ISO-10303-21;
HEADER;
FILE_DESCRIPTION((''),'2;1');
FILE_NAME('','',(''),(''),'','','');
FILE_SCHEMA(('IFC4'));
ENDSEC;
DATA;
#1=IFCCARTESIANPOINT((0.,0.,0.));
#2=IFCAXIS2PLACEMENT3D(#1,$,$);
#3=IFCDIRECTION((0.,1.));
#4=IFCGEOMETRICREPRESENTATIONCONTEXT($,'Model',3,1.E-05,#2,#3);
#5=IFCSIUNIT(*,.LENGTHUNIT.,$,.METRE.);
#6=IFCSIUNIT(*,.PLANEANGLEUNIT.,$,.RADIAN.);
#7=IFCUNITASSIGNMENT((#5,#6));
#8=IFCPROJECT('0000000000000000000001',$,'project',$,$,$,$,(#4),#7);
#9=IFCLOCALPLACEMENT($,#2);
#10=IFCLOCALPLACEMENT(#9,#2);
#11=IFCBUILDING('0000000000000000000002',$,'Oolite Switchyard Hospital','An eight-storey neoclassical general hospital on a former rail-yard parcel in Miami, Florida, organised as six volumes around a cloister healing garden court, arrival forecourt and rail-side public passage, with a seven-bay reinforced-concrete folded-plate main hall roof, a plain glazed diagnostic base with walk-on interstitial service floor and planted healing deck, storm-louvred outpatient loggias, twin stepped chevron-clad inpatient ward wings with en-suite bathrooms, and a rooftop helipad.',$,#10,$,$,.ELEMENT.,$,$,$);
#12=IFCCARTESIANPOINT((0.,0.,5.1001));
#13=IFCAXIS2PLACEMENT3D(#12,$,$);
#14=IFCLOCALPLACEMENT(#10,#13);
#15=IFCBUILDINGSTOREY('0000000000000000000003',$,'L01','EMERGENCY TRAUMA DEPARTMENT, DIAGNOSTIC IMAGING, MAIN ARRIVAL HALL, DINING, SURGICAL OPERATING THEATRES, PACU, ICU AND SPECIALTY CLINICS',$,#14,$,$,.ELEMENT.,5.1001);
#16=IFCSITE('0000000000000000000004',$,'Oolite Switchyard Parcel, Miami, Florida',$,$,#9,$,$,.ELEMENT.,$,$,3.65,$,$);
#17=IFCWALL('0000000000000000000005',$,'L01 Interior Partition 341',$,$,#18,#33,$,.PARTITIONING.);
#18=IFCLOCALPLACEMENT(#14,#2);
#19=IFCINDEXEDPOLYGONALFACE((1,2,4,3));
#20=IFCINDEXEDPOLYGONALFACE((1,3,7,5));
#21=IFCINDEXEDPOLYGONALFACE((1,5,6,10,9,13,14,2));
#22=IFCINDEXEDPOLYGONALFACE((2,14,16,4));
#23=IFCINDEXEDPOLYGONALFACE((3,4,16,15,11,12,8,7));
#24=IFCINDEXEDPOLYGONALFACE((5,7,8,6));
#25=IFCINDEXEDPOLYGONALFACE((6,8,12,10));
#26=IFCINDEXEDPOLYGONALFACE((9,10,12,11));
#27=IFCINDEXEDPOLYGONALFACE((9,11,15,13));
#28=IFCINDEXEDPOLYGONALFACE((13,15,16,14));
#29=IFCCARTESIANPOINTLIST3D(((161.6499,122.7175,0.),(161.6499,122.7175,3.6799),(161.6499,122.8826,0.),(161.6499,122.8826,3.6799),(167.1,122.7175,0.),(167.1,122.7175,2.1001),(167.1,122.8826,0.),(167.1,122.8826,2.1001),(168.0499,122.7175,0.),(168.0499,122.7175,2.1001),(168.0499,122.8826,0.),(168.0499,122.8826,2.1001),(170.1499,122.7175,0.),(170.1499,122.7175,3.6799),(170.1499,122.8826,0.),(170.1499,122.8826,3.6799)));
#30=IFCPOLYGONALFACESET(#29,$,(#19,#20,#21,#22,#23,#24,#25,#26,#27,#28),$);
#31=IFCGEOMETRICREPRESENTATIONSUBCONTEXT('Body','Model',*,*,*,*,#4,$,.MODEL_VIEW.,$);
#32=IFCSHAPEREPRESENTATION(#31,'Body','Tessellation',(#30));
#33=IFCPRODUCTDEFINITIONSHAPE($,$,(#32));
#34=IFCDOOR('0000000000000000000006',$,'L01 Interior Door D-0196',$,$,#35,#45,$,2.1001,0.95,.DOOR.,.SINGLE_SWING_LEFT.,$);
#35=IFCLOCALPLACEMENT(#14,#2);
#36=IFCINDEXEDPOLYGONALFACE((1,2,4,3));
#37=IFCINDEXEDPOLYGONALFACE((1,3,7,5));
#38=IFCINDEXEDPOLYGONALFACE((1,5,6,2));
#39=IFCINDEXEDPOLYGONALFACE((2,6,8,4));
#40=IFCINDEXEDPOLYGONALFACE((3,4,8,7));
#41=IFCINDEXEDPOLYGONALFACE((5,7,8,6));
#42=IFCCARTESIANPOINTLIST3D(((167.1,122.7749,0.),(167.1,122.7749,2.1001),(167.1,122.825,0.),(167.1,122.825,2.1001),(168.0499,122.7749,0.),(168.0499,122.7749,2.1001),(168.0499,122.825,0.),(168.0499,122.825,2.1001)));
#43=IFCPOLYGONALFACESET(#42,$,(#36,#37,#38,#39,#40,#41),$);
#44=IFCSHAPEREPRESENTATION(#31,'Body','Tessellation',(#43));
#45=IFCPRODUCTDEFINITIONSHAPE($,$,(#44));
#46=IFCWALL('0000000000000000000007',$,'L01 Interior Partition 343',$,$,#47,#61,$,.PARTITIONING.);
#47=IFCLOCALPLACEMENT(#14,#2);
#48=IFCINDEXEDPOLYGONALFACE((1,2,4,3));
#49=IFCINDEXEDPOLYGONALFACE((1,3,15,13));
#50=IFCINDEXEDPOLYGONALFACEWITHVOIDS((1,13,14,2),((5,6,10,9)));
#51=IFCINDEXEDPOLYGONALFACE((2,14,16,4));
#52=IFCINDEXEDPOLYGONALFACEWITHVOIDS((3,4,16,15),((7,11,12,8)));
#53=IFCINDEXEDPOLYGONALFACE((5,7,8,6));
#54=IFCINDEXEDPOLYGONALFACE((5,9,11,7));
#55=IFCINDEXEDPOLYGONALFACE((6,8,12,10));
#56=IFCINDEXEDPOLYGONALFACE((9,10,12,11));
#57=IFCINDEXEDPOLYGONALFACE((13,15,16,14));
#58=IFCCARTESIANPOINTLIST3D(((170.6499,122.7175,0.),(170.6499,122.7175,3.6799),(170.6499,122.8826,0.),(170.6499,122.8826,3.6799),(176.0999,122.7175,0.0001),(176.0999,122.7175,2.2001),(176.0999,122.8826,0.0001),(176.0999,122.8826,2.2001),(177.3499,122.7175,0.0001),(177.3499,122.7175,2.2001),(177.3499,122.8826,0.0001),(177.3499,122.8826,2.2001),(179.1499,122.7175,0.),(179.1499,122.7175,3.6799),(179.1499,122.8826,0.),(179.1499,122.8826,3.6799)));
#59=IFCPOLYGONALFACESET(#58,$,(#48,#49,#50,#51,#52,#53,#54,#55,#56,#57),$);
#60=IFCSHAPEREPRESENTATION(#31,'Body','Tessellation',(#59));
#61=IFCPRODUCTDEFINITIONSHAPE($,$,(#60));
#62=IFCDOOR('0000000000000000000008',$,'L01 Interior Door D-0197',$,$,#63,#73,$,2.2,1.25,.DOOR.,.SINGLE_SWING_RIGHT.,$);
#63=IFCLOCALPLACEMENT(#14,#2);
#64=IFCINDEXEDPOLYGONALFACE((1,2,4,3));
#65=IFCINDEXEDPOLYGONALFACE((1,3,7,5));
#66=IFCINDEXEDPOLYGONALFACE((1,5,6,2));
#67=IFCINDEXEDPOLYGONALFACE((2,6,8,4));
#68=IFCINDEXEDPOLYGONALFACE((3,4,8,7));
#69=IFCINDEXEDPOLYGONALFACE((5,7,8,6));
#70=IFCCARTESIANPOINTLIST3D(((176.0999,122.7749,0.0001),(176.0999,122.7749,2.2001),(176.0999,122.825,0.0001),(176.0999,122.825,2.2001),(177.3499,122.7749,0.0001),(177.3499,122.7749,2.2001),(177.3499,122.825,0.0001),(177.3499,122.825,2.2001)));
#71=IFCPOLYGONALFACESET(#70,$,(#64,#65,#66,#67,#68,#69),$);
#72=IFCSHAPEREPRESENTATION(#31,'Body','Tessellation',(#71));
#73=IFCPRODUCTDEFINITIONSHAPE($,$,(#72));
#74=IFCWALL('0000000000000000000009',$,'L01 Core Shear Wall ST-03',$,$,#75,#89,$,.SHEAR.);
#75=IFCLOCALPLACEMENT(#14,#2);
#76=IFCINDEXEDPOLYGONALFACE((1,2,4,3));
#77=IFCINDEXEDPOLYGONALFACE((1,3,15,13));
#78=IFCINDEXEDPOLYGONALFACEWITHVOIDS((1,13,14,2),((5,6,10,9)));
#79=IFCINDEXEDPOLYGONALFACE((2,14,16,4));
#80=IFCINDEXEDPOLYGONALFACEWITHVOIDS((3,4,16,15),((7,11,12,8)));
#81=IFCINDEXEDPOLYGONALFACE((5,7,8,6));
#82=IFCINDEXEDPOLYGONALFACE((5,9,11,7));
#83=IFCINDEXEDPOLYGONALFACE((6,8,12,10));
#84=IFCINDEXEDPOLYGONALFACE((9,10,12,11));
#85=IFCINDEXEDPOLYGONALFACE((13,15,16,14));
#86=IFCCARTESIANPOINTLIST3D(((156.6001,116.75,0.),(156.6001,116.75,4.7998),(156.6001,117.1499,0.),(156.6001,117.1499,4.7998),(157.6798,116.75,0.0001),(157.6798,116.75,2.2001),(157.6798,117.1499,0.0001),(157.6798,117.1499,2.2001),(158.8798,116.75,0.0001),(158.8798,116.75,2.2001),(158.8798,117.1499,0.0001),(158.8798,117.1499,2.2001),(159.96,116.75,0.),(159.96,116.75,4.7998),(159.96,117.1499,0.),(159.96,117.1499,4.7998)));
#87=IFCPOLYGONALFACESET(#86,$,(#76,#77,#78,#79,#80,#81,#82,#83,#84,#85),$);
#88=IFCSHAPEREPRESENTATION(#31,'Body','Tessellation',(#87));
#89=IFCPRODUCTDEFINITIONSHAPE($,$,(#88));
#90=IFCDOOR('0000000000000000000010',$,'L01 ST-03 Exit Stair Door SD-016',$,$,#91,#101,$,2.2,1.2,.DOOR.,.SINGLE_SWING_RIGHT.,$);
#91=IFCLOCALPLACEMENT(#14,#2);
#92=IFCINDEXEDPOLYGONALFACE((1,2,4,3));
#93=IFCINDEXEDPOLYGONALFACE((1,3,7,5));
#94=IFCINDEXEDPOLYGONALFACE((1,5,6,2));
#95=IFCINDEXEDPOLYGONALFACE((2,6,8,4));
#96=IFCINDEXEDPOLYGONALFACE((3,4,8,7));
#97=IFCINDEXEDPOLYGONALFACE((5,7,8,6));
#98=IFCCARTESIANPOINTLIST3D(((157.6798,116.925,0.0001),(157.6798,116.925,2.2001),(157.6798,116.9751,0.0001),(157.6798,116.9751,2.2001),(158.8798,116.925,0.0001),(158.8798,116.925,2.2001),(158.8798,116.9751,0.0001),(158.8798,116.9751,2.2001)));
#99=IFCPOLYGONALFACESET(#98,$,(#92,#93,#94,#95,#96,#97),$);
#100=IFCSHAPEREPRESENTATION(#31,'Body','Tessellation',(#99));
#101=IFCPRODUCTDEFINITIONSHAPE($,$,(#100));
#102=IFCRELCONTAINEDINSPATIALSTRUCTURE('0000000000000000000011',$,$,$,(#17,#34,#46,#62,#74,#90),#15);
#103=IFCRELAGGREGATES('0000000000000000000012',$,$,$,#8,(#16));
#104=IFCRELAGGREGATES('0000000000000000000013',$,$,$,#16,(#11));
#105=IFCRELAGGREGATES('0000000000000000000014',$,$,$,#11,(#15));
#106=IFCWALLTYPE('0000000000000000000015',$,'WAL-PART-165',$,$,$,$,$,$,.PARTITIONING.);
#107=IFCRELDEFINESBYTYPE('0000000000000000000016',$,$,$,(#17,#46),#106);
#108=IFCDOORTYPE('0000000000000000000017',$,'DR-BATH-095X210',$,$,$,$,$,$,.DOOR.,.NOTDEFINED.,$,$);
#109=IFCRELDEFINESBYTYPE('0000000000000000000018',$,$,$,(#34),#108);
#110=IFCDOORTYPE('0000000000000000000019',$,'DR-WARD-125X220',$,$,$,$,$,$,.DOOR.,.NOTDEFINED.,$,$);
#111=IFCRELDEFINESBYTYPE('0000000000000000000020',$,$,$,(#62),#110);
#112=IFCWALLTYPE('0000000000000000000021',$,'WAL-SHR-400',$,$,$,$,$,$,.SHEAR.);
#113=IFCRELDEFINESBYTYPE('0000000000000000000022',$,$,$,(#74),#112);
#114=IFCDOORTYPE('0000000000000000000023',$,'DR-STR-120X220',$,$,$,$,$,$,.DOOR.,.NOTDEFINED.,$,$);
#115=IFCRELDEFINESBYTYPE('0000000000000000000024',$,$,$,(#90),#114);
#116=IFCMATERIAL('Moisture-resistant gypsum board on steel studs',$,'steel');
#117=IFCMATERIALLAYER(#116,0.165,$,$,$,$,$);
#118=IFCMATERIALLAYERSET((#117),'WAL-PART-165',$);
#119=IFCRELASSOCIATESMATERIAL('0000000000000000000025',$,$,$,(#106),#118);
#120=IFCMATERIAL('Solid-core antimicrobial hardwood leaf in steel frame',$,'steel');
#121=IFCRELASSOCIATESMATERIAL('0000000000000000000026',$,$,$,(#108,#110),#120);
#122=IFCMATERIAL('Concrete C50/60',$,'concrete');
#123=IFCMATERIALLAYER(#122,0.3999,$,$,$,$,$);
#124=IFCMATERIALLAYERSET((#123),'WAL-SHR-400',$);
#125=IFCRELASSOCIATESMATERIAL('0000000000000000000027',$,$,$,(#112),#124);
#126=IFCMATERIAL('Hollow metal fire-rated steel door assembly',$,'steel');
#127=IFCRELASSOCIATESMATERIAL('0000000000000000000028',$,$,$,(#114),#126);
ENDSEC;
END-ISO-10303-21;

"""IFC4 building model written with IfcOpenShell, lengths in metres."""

from ifc_helpers import new_model, si_unit, direction, frame, frame_2d, origin, place, context, subcontext, project, spatial, rectangle, extrude, material, layer, layer_set, type_object, element, fill, save


model = new_model("IFC4")

# Units and contexts
model_context = context("Model", 3, precision=1e-05, world=origin(), true_north=direction((0.0, 1.0)))
body_context = subcontext(model_context, "Body", "Model", "MODEL_VIEW")
ifc_project = project(units=[si_unit("LENGTHUNIT", "METRE"), si_unit("PLANEANGLEUNIT", "RADIAN")], contexts=[model_context])

# Site, building, storey
site_placement = place(None, origin())
site = spatial("IfcSite", under=ifc_project, at=site_placement, Name="Oolite Switchyard Parcel, Miami, Florida", CompositionType="ELEMENT", RefElevation=3.65)
building_placement = place(site_placement, origin())
building = spatial("IfcBuilding", under=site, at=building_placement, Name="Oolite Switchyard Hospital", Description="An eight-storey neoclassical general hospital on a former rail-yard parcel in Miami, Florida, organised as six volumes around a cloister healing garden court, arrival forecourt and rail-side public passage, with a seven-bay reinforced-concrete folded-plate main hall roof, a plain glazed diagnostic base with walk-on interstitial service floor and planted healing deck, storm-louvred outpatient loggias, twin stepped chevron-clad inpatient ward wings with en-suite bathrooms, and a rooftop helipad.", CompositionType="ELEMENT")
storey_placement = place(building_placement, frame((0.0, 0.0, 5.1001)))
storey = spatial("IfcBuildingStorey", under=building, at=storey_placement, Name="L01", Description="EMERGENCY TRAUMA DEPARTMENT, DIAGNOSTIC IMAGING, MAIN ARRIVAL HALL, DINING, SURGICAL OPERATING THEATRES, PACU, ICU AND SPECIALTY CLINICS", CompositionType="ELEMENT", Elevation=5.1001)

# Shared definitions
ifc_material_1 = material(Name="Concrete C50/60", Category="concrete")

# Shared definitions
ifc_material_2 = material(Name="Moisture-resistant gypsum board on steel studs", Category="steel")

# Walls, openings, doors
ifc_layer_1 = layer(ifc_material_2, 0.165)
ifc_layer_set_1 = layer_set([ifc_layer_1], Name="WAL-PART-165")
wall_type_1 = type_object("IfcWallType", Name="WAL-PART-165", PredefinedType="PARTITIONING", material=ifc_layer_set_1)
wall_1_placement = place(storey_placement, frame((161.6499, 122.8, 0.0), z_axis=(0.0, 0.0, 1.0), x_axis=(1.0, 0.0, 0.0)))
wall_1 = element("IfcWall", 1, at=wall_1_placement, inside=storey, type_object=wall_type_1, Name="L01 Interior Partition 341", PredefinedType="PARTITIONING", context=body_context, shape_type="SweptSolid", body=[
    extrude(rectangle(XDim=8.5, YDim=0.165, at=frame_2d((4.25, 0.0))), origin(), (0.0, 0.0, 1.0), 3.6799),
])
opening_1_placement = place(wall_1_placement, frame((5.45, 0.0, 0.0)))
opening_1 = element("IfcOpeningElement", 2, at=opening_1_placement, cuts=wall_1, PredefinedType="OPENING", context=body_context, shape_type="SweptSolid", body=[
    extrude(rectangle(XDim=0.95, YDim=2.1001, at=frame_2d((0.4751, 1.05))), frame((0.0, 0.0925, 0.0), z_axis=(0.0, -1.0, 0.0), x_axis=(1.0, 0.0, 0.0)), (0.0, 0.0, 1.0), 0.1851),
])
ifc_material_3 = material(Name="Solid-core antimicrobial hardwood leaf in steel frame", Category="steel")
door_type_1 = type_object("IfcDoorType", Name="DR-BATH-095X210", OperationType="NOTDEFINED", PredefinedType="DOOR", material=ifc_material_3)
door_1_placement = place(opening_1_placement, origin())
door_1 = element("IfcDoor", 3, at=door_1_placement, inside=storey, type_object=door_type_1, Name="L01 Interior Door D-0196", OperationType="SINGLE_SWING_LEFT", OverallHeight=2.1001, OverallWidth=0.95, PredefinedType="DOOR", context=body_context, shape_type="SweptSolid", body=[
    extrude(rectangle(XDim=0.95, YDim=2.1001, at=frame_2d((0.4751, 1.05))), frame((0.0, 0.0249, 0.0), z_axis=(0.0, -1.0, 0.0), x_axis=(1.0, 0.0, 0.0)), (0.0, 0.0, 1.0), 0.05),
])
fill(opening_1, door_1)
wall_2_placement = place(storey_placement, frame((170.6499, 122.8, 0.0), z_axis=(0.0, 0.0, 1.0), x_axis=(1.0, 0.0, 0.0)))
wall_2 = element("IfcWall", 4, at=wall_2_placement, inside=storey, type_object=wall_type_1, Name="L01 Interior Partition 343", PredefinedType="PARTITIONING", context=body_context, shape_type="SweptSolid", body=[
    extrude(rectangle(XDim=8.5, YDim=0.165, at=frame_2d((4.25, 0.0))), origin(), (0.0, 0.0, 1.0), 3.6799),
])
opening_2_placement = place(wall_2_placement, frame((5.45, 0.0, 0.0)))
opening_2 = element("IfcOpeningElement", 5, at=opening_2_placement, cuts=wall_2, PredefinedType="OPENING", context=body_context, shape_type="SweptSolid", body=[
    extrude(rectangle(XDim=1.25, YDim=2.2, at=frame_2d((0.625, 1.1001))), frame((0.0, 0.0925, 0.0), z_axis=(0.0, -1.0, 0.0), x_axis=(1.0, 0.0, 0.0)), (0.0, 0.0, 1.0), 0.1851),
])
door_type_2 = type_object("IfcDoorType", Name="DR-WARD-125X220", OperationType="NOTDEFINED", PredefinedType="DOOR", material=ifc_material_3)
door_2_placement = place(opening_2_placement, origin())
door_2 = element("IfcDoor", 6, at=door_2_placement, inside=storey, type_object=door_type_2, Name="L01 Interior Door D-0197", OperationType="SINGLE_SWING_RIGHT", OverallHeight=2.2, OverallWidth=1.25, PredefinedType="DOOR", context=body_context, shape_type="SweptSolid", body=[
    extrude(rectangle(XDim=1.25, YDim=2.2, at=frame_2d((0.625, 1.1001))), frame((0.0, 0.0249, 0.0), z_axis=(0.0, -1.0, 0.0), x_axis=(1.0, 0.0, 0.0)), (0.0, 0.0, 1.0), 0.05),
])
fill(opening_2, door_2)
ifc_layer_2 = layer(ifc_material_1, 0.3999)
ifc_layer_set_2 = layer_set([ifc_layer_2], Name="WAL-SHR-400")
wall_type_2 = type_object("IfcWallType", Name="WAL-SHR-400", PredefinedType="SHEAR", material=ifc_layer_set_2)
wall_3_placement = place(storey_placement, frame((159.96, 116.95, 0.0), z_axis=(0.0, 0.0, 1.0), x_axis=(-1.0, 0.0, 0.0)))
wall_3 = element("IfcWall", 7, at=wall_3_placement, inside=storey, type_object=wall_type_2, Name="L01 Core Shear Wall ST-03", PredefinedType="SHEAR", context=body_context, shape_type="SweptSolid", body=[
    extrude(rectangle(XDim=3.3599, YDim=0.3999, at=frame_2d((1.6799, 0.0))), origin(), (0.0, 0.0, 1.0), 4.7998),
])
opening_3_placement = place(wall_3_placement, frame((1.0801, 0.0, 0.0)))
opening_3 = element("IfcOpeningElement", 8, at=opening_3_placement, cuts=wall_3, PredefinedType="OPENING", context=body_context, shape_type="SweptSolid", body=[
    extrude(rectangle(XDim=1.2, YDim=2.2, at=frame_2d((0.6001, 1.1001))), frame((0.0, 0.21, 0.0), z_axis=(0.0, -1.0, 0.0), x_axis=(1.0, 0.0, 0.0)), (0.0, 0.0, 1.0), 0.4199),
])
ifc_material_4 = material(Name="Hollow metal fire-rated steel door assembly", Category="steel")
door_type_3 = type_object("IfcDoorType", Name="DR-STR-120X220", OperationType="NOTDEFINED", PredefinedType="DOOR", material=ifc_material_4)
door_3_placement = place(opening_3_placement, origin())
door_3 = element("IfcDoor", 9, at=door_3_placement, inside=storey, type_object=door_type_3, Name="L01 ST-03 Exit Stair Door SD-016", OperationType="SINGLE_SWING_RIGHT", OverallHeight=2.2, OverallWidth=1.2, PredefinedType="DOOR", context=body_context, shape_type="SweptSolid", body=[
    extrude(rectangle(XDim=1.2, YDim=2.2, at=frame_2d((0.6001, 1.1001))), frame((0.0, 0.0249, 0.0), z_axis=(0.0, -1.0, 0.0), x_axis=(1.0, 0.0, 0.0)), (0.0, 0.0, 1.0), 0.05),
])
fill(opening_3, door_3)

save(model, "model.ifc")
